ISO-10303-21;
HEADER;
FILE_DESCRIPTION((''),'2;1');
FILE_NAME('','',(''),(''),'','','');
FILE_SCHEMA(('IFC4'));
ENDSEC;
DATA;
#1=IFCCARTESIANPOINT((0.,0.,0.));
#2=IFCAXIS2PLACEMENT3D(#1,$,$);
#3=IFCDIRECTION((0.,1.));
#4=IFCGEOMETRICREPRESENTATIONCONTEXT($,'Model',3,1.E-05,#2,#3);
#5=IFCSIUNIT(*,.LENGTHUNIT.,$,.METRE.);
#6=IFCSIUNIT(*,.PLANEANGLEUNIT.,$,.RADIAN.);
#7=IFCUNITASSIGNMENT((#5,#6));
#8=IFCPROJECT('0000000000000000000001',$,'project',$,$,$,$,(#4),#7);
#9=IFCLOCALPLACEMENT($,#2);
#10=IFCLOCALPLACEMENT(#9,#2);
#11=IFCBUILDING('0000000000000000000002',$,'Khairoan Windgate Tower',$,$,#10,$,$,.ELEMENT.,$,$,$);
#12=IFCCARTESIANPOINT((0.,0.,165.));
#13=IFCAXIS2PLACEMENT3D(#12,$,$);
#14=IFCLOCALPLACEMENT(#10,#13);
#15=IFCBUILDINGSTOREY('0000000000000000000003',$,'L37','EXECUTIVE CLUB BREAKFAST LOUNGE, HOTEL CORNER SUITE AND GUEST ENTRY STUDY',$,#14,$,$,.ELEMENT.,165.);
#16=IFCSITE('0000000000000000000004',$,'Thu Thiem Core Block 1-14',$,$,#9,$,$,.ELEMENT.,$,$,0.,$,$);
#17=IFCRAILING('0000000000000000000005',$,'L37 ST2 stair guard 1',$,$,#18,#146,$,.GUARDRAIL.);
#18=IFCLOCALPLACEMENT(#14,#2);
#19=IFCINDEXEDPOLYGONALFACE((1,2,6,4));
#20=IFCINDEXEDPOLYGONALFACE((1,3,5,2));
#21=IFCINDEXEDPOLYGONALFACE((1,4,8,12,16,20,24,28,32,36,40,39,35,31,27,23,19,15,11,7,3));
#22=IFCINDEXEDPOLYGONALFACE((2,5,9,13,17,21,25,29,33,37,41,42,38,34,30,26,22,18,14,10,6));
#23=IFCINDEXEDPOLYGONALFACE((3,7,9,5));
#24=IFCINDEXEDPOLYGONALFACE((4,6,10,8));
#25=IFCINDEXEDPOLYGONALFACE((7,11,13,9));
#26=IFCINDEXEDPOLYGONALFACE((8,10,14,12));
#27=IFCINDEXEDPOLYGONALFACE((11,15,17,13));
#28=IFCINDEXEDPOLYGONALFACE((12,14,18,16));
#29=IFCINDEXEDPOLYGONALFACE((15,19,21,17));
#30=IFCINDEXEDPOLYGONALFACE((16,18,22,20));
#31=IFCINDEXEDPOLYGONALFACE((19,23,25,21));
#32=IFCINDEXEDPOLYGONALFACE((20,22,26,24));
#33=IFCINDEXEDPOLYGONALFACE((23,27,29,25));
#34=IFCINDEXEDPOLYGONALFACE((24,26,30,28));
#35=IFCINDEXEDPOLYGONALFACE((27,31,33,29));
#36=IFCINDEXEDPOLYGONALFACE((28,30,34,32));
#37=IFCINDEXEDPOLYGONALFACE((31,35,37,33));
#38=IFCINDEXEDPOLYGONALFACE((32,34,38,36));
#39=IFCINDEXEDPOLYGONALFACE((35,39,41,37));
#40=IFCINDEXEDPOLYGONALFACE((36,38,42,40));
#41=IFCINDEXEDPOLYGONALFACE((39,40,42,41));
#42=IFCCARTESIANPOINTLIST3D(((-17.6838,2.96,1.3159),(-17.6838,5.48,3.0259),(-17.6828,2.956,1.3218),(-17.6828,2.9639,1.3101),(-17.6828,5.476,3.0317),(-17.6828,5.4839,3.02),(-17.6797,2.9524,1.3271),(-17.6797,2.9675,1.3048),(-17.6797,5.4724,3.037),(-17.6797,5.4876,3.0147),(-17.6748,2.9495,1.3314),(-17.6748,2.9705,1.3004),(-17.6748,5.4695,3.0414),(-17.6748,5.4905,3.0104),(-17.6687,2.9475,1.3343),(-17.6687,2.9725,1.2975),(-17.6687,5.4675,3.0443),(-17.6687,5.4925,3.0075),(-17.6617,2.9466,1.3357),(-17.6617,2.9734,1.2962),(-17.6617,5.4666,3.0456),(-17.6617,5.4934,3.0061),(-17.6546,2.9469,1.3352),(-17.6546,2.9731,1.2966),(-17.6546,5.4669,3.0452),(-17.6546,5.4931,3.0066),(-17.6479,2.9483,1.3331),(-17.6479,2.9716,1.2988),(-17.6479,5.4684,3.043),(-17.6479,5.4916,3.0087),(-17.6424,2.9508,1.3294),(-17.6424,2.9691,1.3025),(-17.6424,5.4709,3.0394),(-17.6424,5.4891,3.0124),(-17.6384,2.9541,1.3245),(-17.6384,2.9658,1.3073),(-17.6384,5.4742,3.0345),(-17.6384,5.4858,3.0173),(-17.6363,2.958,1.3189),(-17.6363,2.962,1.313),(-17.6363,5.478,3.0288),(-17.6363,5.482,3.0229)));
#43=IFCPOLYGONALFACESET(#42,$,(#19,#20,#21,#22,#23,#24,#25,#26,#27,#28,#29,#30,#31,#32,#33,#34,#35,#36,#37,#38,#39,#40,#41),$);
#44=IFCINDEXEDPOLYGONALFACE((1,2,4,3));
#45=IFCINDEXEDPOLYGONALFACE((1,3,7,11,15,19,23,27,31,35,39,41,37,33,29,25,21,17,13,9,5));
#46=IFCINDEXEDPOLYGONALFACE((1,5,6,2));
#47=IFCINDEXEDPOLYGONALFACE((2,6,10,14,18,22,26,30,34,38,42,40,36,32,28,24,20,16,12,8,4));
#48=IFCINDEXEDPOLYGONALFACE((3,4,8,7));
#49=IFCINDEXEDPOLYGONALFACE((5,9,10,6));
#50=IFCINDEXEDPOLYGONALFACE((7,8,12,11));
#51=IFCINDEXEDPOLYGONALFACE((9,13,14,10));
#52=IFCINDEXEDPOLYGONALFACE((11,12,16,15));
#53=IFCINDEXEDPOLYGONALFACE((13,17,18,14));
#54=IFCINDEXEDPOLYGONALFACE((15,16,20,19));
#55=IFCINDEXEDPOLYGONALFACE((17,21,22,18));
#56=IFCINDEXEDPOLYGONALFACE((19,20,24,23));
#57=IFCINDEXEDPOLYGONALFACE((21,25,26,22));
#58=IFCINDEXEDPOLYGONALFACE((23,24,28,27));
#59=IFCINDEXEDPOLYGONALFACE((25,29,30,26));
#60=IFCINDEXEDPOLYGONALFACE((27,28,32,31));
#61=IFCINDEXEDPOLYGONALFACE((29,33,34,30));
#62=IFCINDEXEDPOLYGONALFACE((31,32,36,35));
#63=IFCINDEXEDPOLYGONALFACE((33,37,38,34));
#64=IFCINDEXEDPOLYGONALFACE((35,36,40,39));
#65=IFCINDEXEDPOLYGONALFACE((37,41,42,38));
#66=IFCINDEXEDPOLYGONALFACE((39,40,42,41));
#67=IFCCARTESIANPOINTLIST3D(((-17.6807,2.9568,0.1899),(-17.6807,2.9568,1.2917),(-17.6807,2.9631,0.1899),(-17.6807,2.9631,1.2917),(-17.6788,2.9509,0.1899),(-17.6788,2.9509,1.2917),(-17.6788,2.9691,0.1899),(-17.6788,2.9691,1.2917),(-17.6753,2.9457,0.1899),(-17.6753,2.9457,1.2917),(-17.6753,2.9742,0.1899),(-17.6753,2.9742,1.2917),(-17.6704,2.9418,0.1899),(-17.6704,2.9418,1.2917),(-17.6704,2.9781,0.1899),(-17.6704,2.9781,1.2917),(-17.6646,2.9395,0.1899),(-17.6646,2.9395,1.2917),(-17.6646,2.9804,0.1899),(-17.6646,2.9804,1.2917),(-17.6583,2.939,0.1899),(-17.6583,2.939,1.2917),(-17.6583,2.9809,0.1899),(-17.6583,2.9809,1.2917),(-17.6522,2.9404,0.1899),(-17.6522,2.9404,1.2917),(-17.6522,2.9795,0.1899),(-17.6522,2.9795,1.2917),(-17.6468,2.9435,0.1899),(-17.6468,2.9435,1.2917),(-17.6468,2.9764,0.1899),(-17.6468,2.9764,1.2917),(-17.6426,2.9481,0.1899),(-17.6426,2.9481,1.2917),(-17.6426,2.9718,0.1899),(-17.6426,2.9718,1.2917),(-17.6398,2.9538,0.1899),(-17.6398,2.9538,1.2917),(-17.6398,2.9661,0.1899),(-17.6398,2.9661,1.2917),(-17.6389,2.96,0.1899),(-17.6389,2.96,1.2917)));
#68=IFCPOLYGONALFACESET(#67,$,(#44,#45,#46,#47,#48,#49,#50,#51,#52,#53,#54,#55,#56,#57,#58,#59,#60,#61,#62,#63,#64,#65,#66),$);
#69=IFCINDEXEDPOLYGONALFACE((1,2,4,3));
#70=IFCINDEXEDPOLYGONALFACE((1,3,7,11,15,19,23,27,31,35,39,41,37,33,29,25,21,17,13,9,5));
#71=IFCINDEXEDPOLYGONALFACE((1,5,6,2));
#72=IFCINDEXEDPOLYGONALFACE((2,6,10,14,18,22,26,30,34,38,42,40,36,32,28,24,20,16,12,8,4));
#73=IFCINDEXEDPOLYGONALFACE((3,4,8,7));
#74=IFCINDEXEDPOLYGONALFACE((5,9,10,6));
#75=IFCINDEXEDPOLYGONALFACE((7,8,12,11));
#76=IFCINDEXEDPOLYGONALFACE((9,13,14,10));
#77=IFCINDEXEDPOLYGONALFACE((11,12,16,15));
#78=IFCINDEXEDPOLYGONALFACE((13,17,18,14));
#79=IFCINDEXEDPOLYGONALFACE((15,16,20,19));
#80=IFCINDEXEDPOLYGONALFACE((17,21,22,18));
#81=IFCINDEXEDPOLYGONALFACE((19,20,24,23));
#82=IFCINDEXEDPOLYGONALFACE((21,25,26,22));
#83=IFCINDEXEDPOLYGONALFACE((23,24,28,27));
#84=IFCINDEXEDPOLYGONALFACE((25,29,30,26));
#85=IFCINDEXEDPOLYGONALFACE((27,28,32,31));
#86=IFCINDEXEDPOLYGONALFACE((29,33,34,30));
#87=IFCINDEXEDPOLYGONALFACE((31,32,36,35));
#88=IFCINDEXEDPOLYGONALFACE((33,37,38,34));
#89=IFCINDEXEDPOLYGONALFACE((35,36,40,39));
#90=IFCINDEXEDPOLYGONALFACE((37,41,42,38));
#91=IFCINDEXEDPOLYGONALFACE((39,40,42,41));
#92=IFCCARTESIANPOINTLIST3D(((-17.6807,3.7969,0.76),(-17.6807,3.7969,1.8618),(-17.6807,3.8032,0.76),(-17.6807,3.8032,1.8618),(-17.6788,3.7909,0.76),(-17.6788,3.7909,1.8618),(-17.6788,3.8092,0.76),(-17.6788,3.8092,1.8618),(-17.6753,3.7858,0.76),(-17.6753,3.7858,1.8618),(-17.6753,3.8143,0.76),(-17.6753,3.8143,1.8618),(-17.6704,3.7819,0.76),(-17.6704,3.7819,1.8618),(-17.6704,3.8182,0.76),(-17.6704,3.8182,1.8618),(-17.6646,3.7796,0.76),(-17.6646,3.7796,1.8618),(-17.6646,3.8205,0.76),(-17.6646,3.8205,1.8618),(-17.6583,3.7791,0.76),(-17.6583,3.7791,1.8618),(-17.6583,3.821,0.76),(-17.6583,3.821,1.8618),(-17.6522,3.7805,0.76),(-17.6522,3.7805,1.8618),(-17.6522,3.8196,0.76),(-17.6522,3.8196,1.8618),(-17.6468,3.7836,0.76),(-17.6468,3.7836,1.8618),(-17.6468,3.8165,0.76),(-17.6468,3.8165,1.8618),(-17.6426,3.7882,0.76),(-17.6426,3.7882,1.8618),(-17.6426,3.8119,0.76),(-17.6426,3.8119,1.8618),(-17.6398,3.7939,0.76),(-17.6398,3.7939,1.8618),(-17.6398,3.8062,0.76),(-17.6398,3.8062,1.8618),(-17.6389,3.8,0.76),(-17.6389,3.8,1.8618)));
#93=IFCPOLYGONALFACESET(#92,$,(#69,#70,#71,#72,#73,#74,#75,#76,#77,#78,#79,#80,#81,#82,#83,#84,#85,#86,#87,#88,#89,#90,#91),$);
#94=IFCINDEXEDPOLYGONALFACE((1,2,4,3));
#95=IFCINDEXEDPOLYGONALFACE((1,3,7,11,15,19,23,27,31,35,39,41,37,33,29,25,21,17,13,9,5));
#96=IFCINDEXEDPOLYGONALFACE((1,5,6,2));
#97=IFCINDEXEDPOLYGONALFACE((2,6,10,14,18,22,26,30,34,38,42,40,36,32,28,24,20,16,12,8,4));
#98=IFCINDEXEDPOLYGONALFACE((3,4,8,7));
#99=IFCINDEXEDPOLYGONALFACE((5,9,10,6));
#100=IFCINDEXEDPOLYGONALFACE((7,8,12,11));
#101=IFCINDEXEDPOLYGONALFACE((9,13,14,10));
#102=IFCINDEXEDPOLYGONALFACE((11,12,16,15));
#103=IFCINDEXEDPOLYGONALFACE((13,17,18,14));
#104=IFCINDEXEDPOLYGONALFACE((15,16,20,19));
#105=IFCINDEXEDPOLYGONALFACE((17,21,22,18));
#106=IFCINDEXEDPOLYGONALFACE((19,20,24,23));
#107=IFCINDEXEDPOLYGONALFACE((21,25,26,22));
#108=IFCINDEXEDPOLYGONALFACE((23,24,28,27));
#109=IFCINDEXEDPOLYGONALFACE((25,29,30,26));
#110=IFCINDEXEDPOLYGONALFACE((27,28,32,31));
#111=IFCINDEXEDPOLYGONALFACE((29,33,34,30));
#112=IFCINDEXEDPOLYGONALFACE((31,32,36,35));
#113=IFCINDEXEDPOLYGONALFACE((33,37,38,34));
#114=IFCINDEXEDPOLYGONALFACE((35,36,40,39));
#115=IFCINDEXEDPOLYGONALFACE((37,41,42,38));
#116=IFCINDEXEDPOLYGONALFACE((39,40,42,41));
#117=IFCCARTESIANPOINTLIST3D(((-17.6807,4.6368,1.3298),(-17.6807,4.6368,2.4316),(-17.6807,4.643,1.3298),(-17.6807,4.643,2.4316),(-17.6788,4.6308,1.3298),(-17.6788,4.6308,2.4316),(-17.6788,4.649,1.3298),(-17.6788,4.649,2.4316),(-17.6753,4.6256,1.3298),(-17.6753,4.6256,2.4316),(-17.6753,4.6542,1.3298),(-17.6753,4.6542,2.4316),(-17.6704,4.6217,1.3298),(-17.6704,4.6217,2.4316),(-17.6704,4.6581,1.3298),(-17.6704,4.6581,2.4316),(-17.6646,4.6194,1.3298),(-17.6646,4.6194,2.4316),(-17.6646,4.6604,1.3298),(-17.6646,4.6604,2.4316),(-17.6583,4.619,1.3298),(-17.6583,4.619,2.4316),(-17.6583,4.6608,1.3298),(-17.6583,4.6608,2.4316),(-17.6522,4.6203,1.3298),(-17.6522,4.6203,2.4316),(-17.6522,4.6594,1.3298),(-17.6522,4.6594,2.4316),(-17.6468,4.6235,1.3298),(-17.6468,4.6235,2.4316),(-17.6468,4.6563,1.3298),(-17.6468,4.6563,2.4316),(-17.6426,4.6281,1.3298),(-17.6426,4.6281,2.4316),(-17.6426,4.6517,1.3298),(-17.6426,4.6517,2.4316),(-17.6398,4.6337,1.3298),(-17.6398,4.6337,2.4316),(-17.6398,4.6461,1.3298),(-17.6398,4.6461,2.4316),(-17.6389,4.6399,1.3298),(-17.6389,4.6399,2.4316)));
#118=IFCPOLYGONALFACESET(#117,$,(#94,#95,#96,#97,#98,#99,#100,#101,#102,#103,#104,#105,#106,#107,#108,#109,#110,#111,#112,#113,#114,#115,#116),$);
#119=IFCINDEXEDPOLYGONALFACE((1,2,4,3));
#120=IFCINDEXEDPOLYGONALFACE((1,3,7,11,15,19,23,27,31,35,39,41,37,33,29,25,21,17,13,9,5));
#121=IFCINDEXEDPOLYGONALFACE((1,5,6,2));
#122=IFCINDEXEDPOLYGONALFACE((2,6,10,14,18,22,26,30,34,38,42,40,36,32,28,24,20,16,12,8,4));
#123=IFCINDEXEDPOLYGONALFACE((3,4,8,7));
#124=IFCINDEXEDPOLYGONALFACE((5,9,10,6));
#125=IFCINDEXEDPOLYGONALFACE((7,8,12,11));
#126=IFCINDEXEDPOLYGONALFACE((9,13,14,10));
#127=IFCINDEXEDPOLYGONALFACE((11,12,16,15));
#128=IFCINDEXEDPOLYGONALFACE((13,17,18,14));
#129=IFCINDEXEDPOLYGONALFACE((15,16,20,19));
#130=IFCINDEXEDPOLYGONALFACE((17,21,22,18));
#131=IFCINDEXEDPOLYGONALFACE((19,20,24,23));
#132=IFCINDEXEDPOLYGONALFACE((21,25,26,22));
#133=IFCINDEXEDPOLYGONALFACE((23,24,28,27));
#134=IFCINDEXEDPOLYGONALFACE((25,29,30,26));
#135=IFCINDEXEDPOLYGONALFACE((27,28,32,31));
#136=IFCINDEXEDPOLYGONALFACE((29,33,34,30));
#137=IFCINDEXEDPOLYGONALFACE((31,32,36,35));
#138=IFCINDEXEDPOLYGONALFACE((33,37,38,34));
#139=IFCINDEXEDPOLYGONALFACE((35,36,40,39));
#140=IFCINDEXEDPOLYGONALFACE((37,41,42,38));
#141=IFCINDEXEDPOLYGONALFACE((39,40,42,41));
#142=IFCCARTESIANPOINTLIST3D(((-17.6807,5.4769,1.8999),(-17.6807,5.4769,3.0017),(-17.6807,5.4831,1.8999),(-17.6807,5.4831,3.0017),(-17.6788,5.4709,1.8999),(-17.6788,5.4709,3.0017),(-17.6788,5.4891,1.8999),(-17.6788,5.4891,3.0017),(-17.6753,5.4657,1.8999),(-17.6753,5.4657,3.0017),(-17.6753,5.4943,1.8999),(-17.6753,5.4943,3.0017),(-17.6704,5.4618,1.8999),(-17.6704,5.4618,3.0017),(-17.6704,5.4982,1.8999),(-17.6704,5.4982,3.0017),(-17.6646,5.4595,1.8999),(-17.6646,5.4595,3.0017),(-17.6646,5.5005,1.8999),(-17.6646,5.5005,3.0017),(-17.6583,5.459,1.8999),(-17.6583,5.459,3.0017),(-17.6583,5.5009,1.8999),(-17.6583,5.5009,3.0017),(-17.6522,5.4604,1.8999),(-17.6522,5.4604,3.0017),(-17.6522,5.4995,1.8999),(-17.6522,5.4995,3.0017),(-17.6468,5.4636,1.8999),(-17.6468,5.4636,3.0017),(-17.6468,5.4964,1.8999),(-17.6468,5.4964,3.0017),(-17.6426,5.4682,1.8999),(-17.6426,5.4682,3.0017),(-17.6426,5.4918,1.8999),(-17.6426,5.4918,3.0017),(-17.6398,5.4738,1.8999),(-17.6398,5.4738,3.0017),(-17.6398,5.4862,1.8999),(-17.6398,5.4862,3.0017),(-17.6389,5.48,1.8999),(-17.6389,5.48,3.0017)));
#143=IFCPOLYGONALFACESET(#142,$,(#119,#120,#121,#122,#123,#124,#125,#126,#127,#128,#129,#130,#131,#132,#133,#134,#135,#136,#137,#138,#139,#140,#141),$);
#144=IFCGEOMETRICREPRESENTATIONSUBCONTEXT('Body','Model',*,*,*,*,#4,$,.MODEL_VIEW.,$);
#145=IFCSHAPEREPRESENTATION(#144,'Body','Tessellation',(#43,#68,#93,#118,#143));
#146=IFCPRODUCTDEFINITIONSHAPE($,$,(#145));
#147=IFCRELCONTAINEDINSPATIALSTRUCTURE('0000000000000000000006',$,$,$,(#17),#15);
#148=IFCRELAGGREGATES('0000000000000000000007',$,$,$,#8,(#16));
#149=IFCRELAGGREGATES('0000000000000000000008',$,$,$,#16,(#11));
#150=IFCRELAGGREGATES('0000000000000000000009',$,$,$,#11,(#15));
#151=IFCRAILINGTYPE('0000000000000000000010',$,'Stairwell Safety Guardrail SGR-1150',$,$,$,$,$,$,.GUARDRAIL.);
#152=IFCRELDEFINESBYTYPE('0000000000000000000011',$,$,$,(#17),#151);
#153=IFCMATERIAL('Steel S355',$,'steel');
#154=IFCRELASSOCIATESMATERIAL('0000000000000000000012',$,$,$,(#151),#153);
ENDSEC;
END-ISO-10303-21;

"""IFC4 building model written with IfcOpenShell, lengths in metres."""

from ifc_helpers import new_model, si_unit, direction, frame, origin, origin_2d, place, context, subcontext, project, spatial, circle, extrude, material, type_object, element, save


model = new_model("IFC4")

# Units and contexts
model_context = context("Model", 3, precision=1e-05, world=origin(), true_north=direction((0.0, 1.0)))
body_context = subcontext(model_context, "Body", "Model", "MODEL_VIEW")
ifc_project = project(units=[si_unit("LENGTHUNIT", "METRE"), si_unit("PLANEANGLEUNIT", "RADIAN")], contexts=[model_context])

# Site, building, storey
site_placement = place(None, origin())
site = spatial("IfcSite", under=ifc_project, at=site_placement, Name="Thu Thiem Core Block 1-14", CompositionType="ELEMENT", RefElevation=0.0)
building_placement = place(site_placement, origin())
building = spatial("IfcBuilding", under=site, at=building_placement, Name="Khairoan Windgate Tower", CompositionType="ELEMENT")
storey_placement = place(building_placement, frame((0.0, 0.0, 165.0)))
storey = spatial("IfcBuildingStorey", under=building, at=storey_placement, Name="L37", Description="EXECUTIVE CLUB BREAKFAST LOUNGE, HOTEL CORNER SUITE AND GUEST ENTRY STUDY", CompositionType="ELEMENT", Elevation=165.0)

# Railing
ifc_material_1 = material(Name="Steel S355", Category="steel")
railing_type_1 = type_object("IfcRailingType", Name="Stairwell Safety Guardrail SGR-1150", PredefinedType="GUARDRAIL", material=ifc_material_1)
railing_1_placement = place(storey_placement, frame((-17.6599, 2.96, 0.1899)))
element("IfcRailing", 1, at=railing_1_placement, inside=storey, type_object=railing_type_1, Name="L37 ST2 stair guard 1", PredefinedType="GUARDRAIL", context=body_context, shape_type="SweptSolid", body=[
    extrude(circle(Radius=0.0239, at=origin_2d()), frame((0.0, 0.0, 1.126), z_axis=(0.0, 0.827484, 0.56149), x_axis=(-1.0, 0.0, 0.0)), (0.0, 0.0, 1.0), 3.0454),
    extrude(circle(Radius=0.021, at=origin_2d()), origin(), (0.0, 0.0, 1.0), 1.1018),
    extrude(circle(Radius=0.021, at=origin_2d()), frame((0.0, 0.8401, 0.5701)), (0.0, 0.0, 1.0), 1.1018),
    extrude(circle(Radius=0.021, at=origin_2d()), frame((0.0, 1.6799, 1.1399)), (0.0, 0.0, 1.0), 1.1018),
    extrude(circle(Radius=0.021, at=origin_2d()), frame((0.0, 2.52, 1.71)), (0.0, 0.0, 1.0), 1.1018),
])

save(model, "model.ifc")
